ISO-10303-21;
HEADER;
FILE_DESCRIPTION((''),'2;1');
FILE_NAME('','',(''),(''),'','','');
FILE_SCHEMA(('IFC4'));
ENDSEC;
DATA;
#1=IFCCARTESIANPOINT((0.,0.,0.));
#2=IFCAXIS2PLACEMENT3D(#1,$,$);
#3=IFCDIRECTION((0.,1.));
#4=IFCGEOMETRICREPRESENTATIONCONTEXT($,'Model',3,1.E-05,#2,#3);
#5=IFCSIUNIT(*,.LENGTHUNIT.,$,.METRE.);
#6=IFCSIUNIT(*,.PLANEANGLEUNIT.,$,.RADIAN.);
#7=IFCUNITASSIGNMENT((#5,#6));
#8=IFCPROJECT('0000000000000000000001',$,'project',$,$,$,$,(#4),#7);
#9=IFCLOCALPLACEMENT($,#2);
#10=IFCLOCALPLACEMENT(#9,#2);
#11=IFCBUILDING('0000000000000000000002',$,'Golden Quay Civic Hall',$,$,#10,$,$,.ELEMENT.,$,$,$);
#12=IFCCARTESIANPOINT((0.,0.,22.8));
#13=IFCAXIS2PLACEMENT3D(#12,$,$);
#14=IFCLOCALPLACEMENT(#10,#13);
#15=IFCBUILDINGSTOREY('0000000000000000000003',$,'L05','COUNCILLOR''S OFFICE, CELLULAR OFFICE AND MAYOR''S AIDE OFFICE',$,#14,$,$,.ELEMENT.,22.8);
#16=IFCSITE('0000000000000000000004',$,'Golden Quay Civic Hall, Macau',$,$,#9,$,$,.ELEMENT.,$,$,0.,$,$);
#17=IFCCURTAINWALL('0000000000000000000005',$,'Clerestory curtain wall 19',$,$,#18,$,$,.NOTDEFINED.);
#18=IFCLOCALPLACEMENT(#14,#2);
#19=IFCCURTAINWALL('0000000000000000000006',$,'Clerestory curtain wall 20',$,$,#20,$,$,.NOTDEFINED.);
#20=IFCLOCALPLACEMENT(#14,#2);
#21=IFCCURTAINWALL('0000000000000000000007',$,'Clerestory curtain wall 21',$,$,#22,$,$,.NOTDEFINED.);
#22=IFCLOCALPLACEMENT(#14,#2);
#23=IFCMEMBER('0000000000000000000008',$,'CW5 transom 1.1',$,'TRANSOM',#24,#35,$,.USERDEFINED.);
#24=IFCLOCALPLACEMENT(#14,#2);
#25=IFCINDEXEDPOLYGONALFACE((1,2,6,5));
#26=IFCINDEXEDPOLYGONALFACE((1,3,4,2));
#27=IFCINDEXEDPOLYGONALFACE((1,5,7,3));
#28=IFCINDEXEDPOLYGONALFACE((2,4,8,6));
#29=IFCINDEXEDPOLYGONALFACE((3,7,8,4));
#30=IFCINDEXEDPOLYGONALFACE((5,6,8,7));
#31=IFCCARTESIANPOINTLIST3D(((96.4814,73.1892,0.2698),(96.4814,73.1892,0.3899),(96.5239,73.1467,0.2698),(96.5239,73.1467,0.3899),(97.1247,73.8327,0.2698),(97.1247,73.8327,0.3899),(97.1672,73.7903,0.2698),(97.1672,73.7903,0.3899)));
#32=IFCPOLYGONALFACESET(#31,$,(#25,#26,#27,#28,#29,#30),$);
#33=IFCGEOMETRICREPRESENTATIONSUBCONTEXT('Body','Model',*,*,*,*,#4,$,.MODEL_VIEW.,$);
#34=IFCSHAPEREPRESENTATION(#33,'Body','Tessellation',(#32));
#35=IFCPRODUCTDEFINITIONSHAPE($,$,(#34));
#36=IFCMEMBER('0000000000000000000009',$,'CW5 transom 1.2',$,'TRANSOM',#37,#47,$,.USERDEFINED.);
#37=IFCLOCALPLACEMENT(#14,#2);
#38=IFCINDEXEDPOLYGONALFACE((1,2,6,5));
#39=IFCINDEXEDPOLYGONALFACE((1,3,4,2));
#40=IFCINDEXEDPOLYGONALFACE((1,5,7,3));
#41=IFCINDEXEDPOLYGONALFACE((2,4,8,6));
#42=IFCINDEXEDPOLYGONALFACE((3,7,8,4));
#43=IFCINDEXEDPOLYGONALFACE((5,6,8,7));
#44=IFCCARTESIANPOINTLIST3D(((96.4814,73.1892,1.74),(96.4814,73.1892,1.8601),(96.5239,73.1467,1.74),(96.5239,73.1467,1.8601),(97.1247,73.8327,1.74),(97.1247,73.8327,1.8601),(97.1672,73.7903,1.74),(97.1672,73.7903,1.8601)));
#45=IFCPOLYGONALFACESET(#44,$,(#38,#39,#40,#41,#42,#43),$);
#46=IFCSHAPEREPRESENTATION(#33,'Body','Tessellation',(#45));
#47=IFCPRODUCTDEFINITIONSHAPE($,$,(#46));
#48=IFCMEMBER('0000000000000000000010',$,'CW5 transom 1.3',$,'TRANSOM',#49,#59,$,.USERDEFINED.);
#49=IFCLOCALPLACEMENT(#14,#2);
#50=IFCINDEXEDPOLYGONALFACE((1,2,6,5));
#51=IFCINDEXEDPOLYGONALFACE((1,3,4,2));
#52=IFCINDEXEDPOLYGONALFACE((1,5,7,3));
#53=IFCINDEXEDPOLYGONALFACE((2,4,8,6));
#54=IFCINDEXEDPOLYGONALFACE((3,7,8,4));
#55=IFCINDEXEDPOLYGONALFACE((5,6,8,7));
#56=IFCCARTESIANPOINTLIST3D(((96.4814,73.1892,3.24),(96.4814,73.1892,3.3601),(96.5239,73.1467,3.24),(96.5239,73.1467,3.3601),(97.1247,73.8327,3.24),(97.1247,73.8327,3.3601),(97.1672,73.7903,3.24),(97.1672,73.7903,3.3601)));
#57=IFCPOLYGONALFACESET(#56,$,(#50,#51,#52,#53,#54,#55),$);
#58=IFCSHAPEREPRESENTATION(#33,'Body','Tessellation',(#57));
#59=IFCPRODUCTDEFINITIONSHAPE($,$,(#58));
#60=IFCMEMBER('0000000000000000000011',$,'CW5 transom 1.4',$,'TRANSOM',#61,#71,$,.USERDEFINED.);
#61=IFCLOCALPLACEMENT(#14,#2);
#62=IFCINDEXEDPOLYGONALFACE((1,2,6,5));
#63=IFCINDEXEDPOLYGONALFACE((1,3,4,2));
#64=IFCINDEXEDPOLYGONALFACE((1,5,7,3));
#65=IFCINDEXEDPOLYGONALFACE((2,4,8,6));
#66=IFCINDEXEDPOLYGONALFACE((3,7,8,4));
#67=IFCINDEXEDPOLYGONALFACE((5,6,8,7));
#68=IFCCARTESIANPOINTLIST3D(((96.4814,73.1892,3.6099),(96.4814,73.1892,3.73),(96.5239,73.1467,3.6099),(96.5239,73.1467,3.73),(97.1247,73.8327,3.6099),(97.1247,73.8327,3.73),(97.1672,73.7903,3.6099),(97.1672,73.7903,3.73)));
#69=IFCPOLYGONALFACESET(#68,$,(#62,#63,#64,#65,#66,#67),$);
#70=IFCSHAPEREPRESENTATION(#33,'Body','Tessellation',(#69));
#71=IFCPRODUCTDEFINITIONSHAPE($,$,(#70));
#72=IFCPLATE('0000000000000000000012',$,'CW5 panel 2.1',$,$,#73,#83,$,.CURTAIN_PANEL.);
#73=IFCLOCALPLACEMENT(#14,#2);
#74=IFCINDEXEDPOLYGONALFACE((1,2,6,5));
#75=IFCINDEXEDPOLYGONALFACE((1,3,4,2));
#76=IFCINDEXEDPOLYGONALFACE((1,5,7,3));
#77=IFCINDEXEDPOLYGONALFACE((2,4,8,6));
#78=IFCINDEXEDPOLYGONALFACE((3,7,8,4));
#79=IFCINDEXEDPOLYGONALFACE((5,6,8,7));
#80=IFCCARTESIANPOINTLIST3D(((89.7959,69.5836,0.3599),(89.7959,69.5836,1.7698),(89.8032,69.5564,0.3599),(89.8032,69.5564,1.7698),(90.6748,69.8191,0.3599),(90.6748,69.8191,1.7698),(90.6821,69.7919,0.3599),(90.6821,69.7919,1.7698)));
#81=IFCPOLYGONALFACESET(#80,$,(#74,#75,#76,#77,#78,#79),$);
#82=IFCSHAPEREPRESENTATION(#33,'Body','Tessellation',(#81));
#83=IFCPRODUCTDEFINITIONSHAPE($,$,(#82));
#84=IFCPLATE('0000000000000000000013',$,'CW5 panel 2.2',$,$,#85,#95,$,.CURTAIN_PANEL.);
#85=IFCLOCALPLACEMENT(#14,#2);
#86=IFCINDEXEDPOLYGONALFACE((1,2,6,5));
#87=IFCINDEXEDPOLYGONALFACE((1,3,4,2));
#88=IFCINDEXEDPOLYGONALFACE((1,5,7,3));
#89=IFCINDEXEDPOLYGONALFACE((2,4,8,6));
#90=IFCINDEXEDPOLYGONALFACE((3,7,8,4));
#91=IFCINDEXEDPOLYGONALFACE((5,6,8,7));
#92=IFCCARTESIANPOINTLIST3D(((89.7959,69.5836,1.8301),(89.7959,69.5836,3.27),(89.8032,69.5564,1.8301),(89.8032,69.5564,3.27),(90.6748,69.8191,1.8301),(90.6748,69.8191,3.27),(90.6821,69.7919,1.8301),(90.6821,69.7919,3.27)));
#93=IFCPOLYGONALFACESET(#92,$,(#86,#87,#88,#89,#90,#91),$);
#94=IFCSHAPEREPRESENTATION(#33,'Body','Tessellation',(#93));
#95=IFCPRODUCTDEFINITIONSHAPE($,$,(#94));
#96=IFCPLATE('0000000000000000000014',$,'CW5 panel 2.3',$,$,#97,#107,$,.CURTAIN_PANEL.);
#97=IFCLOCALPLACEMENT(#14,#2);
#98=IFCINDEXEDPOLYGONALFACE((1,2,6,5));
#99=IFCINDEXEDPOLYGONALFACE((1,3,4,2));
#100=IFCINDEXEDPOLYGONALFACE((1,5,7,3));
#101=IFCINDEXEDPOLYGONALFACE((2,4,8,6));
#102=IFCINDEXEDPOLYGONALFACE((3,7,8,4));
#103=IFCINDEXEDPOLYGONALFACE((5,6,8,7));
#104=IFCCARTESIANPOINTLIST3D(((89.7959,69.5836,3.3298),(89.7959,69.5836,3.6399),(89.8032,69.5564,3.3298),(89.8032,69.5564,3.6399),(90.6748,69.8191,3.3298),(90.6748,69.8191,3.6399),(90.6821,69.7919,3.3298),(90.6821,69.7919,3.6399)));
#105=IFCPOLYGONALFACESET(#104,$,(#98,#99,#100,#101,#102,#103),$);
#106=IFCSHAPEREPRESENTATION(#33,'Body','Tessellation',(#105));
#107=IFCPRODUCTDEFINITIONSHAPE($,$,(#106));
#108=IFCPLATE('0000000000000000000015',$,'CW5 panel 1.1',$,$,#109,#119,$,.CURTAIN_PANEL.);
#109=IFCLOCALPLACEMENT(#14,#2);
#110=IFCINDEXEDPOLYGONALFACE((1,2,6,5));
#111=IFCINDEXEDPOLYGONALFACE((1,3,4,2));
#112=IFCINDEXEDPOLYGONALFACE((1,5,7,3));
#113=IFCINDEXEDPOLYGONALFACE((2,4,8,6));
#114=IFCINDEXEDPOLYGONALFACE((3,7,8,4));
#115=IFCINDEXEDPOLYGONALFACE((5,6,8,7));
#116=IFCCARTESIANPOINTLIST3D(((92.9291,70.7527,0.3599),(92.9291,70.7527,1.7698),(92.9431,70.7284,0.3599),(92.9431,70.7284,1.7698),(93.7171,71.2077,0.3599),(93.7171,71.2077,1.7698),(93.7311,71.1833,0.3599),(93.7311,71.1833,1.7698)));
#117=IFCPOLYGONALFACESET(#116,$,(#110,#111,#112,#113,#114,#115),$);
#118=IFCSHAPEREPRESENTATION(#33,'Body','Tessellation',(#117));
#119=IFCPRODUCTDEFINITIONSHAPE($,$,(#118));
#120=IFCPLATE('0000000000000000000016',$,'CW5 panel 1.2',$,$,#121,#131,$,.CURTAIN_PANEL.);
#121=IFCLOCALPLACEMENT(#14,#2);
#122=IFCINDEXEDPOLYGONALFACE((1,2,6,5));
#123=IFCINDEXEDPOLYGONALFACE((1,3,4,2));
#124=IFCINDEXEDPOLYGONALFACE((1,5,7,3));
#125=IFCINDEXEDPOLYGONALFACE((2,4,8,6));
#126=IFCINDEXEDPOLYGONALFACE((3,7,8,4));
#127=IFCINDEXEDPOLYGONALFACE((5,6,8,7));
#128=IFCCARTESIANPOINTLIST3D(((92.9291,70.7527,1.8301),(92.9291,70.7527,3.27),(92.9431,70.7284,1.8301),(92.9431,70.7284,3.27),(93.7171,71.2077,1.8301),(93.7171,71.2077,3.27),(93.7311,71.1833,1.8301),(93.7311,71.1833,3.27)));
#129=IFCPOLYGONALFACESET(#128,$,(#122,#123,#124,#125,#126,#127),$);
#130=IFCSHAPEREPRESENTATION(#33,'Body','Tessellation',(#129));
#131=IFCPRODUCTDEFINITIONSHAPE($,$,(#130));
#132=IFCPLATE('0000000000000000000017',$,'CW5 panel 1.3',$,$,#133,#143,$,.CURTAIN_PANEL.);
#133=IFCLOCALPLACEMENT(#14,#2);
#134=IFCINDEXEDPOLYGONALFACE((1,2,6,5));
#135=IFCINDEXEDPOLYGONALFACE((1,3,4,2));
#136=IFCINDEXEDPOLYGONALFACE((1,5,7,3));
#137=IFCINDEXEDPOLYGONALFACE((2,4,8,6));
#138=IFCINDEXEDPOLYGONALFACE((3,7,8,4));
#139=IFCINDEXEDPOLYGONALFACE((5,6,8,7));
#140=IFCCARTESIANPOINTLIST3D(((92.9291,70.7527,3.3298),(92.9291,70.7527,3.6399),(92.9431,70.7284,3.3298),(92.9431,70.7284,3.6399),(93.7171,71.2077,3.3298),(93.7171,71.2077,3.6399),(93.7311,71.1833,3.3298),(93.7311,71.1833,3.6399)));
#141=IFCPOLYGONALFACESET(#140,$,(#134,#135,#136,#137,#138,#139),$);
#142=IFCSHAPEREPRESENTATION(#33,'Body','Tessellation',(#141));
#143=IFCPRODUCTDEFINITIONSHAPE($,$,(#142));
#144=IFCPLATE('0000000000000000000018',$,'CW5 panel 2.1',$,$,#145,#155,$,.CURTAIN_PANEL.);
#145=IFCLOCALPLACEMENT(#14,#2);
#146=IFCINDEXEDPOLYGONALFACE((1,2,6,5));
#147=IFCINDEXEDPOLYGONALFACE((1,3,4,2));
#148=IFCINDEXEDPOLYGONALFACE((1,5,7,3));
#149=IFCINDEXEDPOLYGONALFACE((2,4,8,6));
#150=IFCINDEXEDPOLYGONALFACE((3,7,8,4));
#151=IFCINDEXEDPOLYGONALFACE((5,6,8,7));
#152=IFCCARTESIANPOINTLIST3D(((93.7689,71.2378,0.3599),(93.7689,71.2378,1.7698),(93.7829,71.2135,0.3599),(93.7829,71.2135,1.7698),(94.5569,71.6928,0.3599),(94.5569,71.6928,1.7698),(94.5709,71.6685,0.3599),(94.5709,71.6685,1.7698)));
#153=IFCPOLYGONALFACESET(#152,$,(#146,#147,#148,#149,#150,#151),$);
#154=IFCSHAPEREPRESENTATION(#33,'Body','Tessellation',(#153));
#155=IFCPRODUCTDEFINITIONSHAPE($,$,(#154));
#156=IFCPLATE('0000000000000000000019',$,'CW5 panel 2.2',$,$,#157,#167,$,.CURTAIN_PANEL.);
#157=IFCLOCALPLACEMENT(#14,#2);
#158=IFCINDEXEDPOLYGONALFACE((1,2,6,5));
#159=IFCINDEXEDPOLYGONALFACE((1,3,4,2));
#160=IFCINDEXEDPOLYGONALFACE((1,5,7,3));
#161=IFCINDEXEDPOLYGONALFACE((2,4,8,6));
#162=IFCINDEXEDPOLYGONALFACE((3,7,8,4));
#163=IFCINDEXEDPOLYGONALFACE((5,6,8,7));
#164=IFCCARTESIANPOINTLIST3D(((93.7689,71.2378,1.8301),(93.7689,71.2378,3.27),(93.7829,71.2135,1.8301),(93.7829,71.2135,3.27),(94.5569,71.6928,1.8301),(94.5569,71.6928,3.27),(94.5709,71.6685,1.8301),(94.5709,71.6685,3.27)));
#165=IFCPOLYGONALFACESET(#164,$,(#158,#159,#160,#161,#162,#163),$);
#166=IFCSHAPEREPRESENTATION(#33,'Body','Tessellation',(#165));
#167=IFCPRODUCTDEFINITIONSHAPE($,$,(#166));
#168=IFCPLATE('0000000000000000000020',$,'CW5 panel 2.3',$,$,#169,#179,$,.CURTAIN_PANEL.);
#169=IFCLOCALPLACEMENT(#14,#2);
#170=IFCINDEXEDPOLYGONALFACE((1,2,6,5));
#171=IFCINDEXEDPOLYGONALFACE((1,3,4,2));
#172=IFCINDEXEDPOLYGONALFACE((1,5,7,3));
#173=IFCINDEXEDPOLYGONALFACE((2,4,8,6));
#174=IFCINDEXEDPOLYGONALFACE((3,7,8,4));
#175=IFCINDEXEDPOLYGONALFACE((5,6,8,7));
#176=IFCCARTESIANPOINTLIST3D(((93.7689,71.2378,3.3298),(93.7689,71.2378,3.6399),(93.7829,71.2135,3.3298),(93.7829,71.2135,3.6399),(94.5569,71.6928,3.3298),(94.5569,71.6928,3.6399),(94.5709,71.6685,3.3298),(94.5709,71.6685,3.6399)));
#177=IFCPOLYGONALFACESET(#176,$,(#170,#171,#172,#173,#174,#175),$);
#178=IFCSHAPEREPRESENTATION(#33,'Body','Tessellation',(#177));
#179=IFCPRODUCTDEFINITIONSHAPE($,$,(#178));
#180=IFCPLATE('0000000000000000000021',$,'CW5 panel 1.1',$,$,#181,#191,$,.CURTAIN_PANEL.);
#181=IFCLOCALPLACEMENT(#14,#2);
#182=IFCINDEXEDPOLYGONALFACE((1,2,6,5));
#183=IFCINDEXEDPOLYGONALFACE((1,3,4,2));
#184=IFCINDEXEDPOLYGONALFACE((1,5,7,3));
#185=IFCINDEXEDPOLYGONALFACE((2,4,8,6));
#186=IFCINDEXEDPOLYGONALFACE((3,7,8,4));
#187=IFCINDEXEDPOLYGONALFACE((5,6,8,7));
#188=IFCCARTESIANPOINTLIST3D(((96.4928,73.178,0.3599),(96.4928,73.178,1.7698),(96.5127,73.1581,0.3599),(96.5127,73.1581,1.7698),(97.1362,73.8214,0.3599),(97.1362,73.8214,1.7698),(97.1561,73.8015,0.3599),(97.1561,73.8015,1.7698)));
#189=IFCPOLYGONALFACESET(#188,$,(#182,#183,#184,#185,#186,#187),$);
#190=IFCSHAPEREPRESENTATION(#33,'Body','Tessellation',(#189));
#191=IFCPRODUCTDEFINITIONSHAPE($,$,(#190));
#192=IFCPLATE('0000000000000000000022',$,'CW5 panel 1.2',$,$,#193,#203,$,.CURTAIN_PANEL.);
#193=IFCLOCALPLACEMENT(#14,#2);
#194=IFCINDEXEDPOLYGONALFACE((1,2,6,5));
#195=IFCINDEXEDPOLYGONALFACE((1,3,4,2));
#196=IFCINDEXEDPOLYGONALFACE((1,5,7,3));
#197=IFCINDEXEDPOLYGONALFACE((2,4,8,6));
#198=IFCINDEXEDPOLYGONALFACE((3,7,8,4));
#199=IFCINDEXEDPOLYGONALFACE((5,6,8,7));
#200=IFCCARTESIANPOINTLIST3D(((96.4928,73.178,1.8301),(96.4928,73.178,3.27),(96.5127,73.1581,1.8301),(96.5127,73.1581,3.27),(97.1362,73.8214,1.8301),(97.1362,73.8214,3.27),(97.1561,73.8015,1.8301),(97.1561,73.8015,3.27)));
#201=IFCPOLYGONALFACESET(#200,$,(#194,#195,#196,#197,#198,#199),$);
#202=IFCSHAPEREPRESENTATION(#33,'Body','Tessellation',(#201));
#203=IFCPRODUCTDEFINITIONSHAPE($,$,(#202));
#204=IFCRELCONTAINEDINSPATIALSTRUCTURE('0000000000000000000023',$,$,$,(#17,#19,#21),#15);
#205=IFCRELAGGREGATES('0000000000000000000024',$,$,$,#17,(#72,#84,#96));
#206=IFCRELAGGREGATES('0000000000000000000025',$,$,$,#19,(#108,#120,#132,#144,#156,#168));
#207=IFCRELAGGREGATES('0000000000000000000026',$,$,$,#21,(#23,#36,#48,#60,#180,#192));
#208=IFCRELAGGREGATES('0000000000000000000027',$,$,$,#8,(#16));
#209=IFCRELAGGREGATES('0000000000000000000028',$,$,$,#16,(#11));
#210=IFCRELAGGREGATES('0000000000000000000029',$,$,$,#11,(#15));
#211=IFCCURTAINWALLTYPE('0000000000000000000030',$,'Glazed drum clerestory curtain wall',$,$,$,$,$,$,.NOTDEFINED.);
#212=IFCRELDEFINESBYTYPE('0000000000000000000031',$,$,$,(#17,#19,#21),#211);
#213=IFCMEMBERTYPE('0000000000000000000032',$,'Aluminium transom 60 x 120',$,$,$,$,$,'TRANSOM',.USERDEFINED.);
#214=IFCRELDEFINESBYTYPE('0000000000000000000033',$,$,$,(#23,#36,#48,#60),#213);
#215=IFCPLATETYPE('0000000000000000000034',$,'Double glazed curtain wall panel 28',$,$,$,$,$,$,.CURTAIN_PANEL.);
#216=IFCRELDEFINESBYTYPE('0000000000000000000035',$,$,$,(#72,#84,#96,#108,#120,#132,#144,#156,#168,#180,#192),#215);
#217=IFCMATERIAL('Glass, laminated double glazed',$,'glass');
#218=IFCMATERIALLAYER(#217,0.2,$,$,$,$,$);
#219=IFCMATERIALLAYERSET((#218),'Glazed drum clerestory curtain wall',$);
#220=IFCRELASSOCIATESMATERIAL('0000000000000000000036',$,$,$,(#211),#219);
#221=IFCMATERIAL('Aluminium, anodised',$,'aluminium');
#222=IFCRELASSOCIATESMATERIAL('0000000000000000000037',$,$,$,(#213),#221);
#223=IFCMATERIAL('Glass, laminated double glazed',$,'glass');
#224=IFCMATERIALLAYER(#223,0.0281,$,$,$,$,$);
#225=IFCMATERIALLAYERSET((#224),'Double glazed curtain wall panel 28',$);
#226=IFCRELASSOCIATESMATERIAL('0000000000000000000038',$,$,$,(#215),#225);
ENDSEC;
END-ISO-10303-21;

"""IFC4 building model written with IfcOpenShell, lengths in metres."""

from ifc_helpers import new_model, si_unit, direction, frame, origin, origin_2d, place, context, subcontext, project, spatial, rectangle, extrude, material, layer, layer_set, material_profile, profile_set, type_object, element, aggregate, save


model = new_model("IFC4")

# Units and contexts
model_context = context("Model", 3, precision=1e-05, world=origin(), true_north=direction((0.0, 1.0)))
body_context = subcontext(model_context, "Body", "Model", "MODEL_VIEW")
ifc_project = project(units=[si_unit("LENGTHUNIT", "METRE"), si_unit("PLANEANGLEUNIT", "RADIAN")], contexts=[model_context])

# Site, building, storey
site_placement = place(None, origin())
site = spatial("IfcSite", under=ifc_project, at=site_placement, Name="Golden Quay Civic Hall, Macau", CompositionType="ELEMENT", RefElevation=0.0)
building_placement = place(site_placement, origin())
building = spatial("IfcBuilding", under=site, at=building_placement, Name="Golden Quay Civic Hall", CompositionType="ELEMENT")
storey_placement = place(building_placement, frame((0.0, 0.0, 22.8)))
storey = spatial("IfcBuildingStorey", under=building, at=storey_placement, Name="L05", Description="COUNCILLOR'S OFFICE, CELLULAR OFFICE AND MAYOR'S AIDE OFFICE", CompositionType="ELEMENT", Elevation=22.8)

# Curtain wall
ifc_material_1 = material(Name="Glass, laminated double glazed", Category="glass")
ifc_layer_1 = layer(ifc_material_1, 0.2)
ifc_layer_set_1 = layer_set([ifc_layer_1], Name="Glazed drum clerestory curtain wall")
curtain_wall_type = type_object("IfcCurtainWallType", Name="Glazed drum clerestory curtain wall", PredefinedType="NOTDEFINED", material=ifc_layer_set_1)
curtain_wall_1_placement = place(storey_placement, origin())
curtain_wall_1 = element("IfcCurtainWall", 1, at=curtain_wall_1_placement, inside=storey, type_object=curtain_wall_type, Name="Clerestory curtain wall 19", PredefinedType="NOTDEFINED")

# Curtain wall
curtain_wall_2_placement = place(storey_placement, origin())
curtain_wall_2 = element("IfcCurtainWall", 2, at=curtain_wall_2_placement, inside=storey, type_object=curtain_wall_type, Name="Clerestory curtain wall 20", PredefinedType="NOTDEFINED")

# Curtain wall
curtain_wall_3_placement = place(storey_placement, origin())
curtain_wall_3 = element("IfcCurtainWall", 3, at=curtain_wall_3_placement, inside=storey, type_object=curtain_wall_type, Name="Clerestory curtain wall 21", PredefinedType="NOTDEFINED")

# Members
ifc_material_2 = material(Name="Aluminium, anodised", Category="aluminium")
ifc_material_profile_1 = material_profile(ifc_material_2, rectangle(XDim=0.0601, YDim=0.1201, at=origin_2d()), Name="Aluminium 60 x 120")
ifc_profile_set_1 = profile_set([ifc_material_profile_1], Name="Aluminium, anodised")
member_type_1 = type_object("IfcMemberType", Name="Aluminium transom 60 x 120", ElementType="TRANSOM", PredefinedType="USERDEFINED", material=ifc_profile_set_1)
member_1_placement = place(storey_placement, frame((96.5027, 73.168, 0.3298), z_axis=(0.706973, 0.707241, 0.0), x_axis=(-0.707241, 0.706973, 0.0)))
member_1 = element("IfcMember", 4, at=member_1_placement, type_object=member_type_1, Name="CW5 transom 1.1", ObjectType="TRANSOM", PredefinedType="USERDEFINED", context=body_context, shape_type="SweptSolid", body=[
    extrude(rectangle(XDim=0.0601, YDim=0.1201, at=origin_2d()), origin(), (0.0, 0.0, 1.0), 0.9099),
])
member_2_placement = place(storey_placement, frame((96.5027, 73.168, 1.8), z_axis=(0.706973, 0.707241, 0.0), x_axis=(-0.707241, 0.706973, 0.0)))
member_2 = element("IfcMember", 5, at=member_2_placement, type_object=member_type_1, Name="CW5 transom 1.2", ObjectType="TRANSOM", PredefinedType="USERDEFINED", context=body_context, shape_type="SweptSolid", body=[
    extrude(rectangle(XDim=0.0601, YDim=0.1201, at=origin_2d()), origin(), (0.0, 0.0, 1.0), 0.9099),
])
member_3_placement = place(storey_placement, frame((96.5027, 73.168, 3.3), z_axis=(0.706973, 0.707241, 0.0), x_axis=(-0.707241, 0.706973, 0.0)))
member_3 = element("IfcMember", 6, at=member_3_placement, type_object=member_type_1, Name="CW5 transom 1.3", ObjectType="TRANSOM", PredefinedType="USERDEFINED", context=body_context, shape_type="SweptSolid", body=[
    extrude(rectangle(XDim=0.0601, YDim=0.1201, at=origin_2d()), origin(), (0.0, 0.0, 1.0), 0.9099),
])
member_4_placement = place(storey_placement, frame((96.5027, 73.168, 3.6699), z_axis=(0.706973, 0.707241, 0.0), x_axis=(-0.707241, 0.706973, 0.0)))
member_4 = element("IfcMember", 7, at=member_4_placement, type_object=member_type_1, Name="CW5 transom 1.4", ObjectType="TRANSOM", PredefinedType="USERDEFINED", context=body_context, shape_type="SweptSolid", body=[
    extrude(rectangle(XDim=0.0601, YDim=0.1201, at=origin_2d()), origin(), (0.0, 0.0, 1.0), 0.9099),
])

# Plates
ifc_material_3 = material(Name="Glass, laminated double glazed", Category="glass")
ifc_layer_2 = layer(ifc_material_3, 0.0281)
ifc_layer_set_2 = layer_set([ifc_layer_2], Name="Double glazed curtain wall panel 28")
plate_type = type_object("IfcPlateType", Name="Double glazed curtain wall panel 28", PredefinedType="CURTAIN_PANEL", material=ifc_layer_set_2)
plate_1_placement = place(storey_placement, frame((90.239, 69.6877, 0.3599), z_axis=(0.0, 0.0, 1.0), x_axis=(0.965929, 0.258808, 0.0)))
plate_1 = element("IfcPlate", 8, at=plate_1_placement, type_object=plate_type, Name="CW5 panel 2.1", PredefinedType="CURTAIN_PANEL", context=body_context, shape_type="SweptSolid", body=[
    extrude(rectangle(XDim=0.9099, YDim=0.0281, at=origin_2d()), origin(), (0.0, 0.0, 1.0), 1.4099),
])
plate_2_placement = place(storey_placement, frame((90.239, 69.6877, 1.8301), z_axis=(0.0, 0.0, 1.0), x_axis=(0.965929, 0.258808, 0.0)))
plate_2 = element("IfcPlate", 9, at=plate_2_placement, type_object=plate_type, Name="CW5 panel 2.2", PredefinedType="CURTAIN_PANEL", context=body_context, shape_type="SweptSolid", body=[
    extrude(rectangle(XDim=0.9099, YDim=0.0281, at=origin_2d()), origin(), (0.0, 0.0, 1.0), 1.4399),
])
plate_3_placement = place(storey_placement, frame((90.239, 69.6877, 3.3298), z_axis=(0.0, 0.0, 1.0), x_axis=(0.965929, 0.258808, 0.0)))
plate_3 = element("IfcPlate", 10, at=plate_3_placement, type_object=plate_type, Name="CW5 panel 2.3", PredefinedType="CURTAIN_PANEL", context=body_context, shape_type="SweptSolid", body=[
    extrude(rectangle(XDim=0.9099, YDim=0.0281, at=origin_2d()), origin(), (0.0, 0.0, 1.0), 0.3101),
])
aggregate(curtain_wall_1, [plate_1, plate_2, plate_3])
plate_4_placement = place(storey_placement, frame((93.3301, 70.968, 0.3599), z_axis=(0.0, 0.0, 1.0), x_axis=(0.866019, 0.500011, 0.0)))
plate_4 = element("IfcPlate", 11, at=plate_4_placement, type_object=plate_type, Name="CW5 panel 1.1", PredefinedType="CURTAIN_PANEL", context=body_context, shape_type="SweptSolid", body=[
    extrude(rectangle(XDim=0.9099, YDim=0.0281, at=origin_2d()), origin(), (0.0, 0.0, 1.0), 1.4099),
])
plate_5_placement = place(storey_placement, frame((93.3301, 70.968, 1.8301), z_axis=(0.0, 0.0, 1.0), x_axis=(0.866019, 0.500011, 0.0)))
plate_5 = element("IfcPlate", 12, at=plate_5_placement, type_object=plate_type, Name="CW5 panel 1.2", PredefinedType="CURTAIN_PANEL", context=body_context, shape_type="SweptSolid", body=[
    extrude(rectangle(XDim=0.9099, YDim=0.0281, at=origin_2d()), origin(), (0.0, 0.0, 1.0), 1.4399),
])
plate_6_placement = place(storey_placement, frame((93.3301, 70.968, 3.3298), z_axis=(0.0, 0.0, 1.0), x_axis=(0.866019, 0.500011, 0.0)))
plate_6 = element("IfcPlate", 13, at=plate_6_placement, type_object=plate_type, Name="CW5 panel 1.3", PredefinedType="CURTAIN_PANEL", context=body_context, shape_type="SweptSolid", body=[
    extrude(rectangle(XDim=0.9099, YDim=0.0281, at=origin_2d()), origin(), (0.0, 0.0, 1.0), 0.3101),
])
plate_7_placement = place(storey_placement, frame((94.1699, 71.4531, 0.3599), z_axis=(0.0, 0.0, 1.0), x_axis=(0.866019, 0.500011, 0.0)))
plate_7 = element("IfcPlate", 14, at=plate_7_placement, type_object=plate_type, Name="CW5 panel 2.1", PredefinedType="CURTAIN_PANEL", context=body_context, shape_type="SweptSolid", body=[
    extrude(rectangle(XDim=0.9099, YDim=0.0281, at=origin_2d()), origin(), (0.0, 0.0, 1.0), 1.4099),
])
plate_8_placement = place(storey_placement, frame((94.1699, 71.4531, 1.8301), z_axis=(0.0, 0.0, 1.0), x_axis=(0.866019, 0.500011, 0.0)))
plate_8 = element("IfcPlate", 15, at=plate_8_placement, type_object=plate_type, Name="CW5 panel 2.2", PredefinedType="CURTAIN_PANEL", context=body_context, shape_type="SweptSolid", body=[
    extrude(rectangle(XDim=0.9099, YDim=0.0281, at=origin_2d()), origin(), (0.0, 0.0, 1.0), 1.4399),
])
plate_9_placement = place(storey_placement, frame((94.1699, 71.4531, 3.3298), z_axis=(0.0, 0.0, 1.0), x_axis=(0.866019, 0.500011, 0.0)))
plate_9 = element("IfcPlate", 16, at=plate_9_placement, type_object=plate_type, Name="CW5 panel 2.3", PredefinedType="CURTAIN_PANEL", context=body_context, shape_type="SweptSolid", body=[
    extrude(rectangle(XDim=0.9099, YDim=0.0281, at=origin_2d()), origin(), (0.0, 0.0, 1.0), 0.3101),
])
aggregate(curtain_wall_2, [plate_4, plate_5, plate_6, plate_7, plate_8, plate_9])
plate_10_placement = place(storey_placement, frame((96.8245, 73.4897, 0.3599), z_axis=(0.0, 0.0, 1.0), x_axis=(0.707107, 0.707107, 0.0)))
plate_10 = element("IfcPlate", 17, at=plate_10_placement, type_object=plate_type, Name="CW5 panel 1.1", PredefinedType="CURTAIN_PANEL", context=body_context, shape_type="SweptSolid", body=[
    extrude(rectangle(XDim=0.9099, YDim=0.0281, at=origin_2d()), origin(), (0.0, 0.0, 1.0), 1.4099),
])
plate_11_placement = place(storey_placement, frame((96.8245, 73.4897, 1.8301), z_axis=(0.0, 0.0, 1.0), x_axis=(0.707107, 0.707107, 0.0)))
plate_11 = element("IfcPlate", 18, at=plate_11_placement, type_object=plate_type, Name="CW5 panel 1.2", PredefinedType="CURTAIN_PANEL", context=body_context, shape_type="SweptSolid", body=[
    extrude(rectangle(XDim=0.9099, YDim=0.0281, at=origin_2d()), origin(), (0.0, 0.0, 1.0), 1.4399),
])
aggregate(curtain_wall_3, [member_1, member_2, member_3, member_4, plate_10, plate_11])

save(model, "model.ifc")
